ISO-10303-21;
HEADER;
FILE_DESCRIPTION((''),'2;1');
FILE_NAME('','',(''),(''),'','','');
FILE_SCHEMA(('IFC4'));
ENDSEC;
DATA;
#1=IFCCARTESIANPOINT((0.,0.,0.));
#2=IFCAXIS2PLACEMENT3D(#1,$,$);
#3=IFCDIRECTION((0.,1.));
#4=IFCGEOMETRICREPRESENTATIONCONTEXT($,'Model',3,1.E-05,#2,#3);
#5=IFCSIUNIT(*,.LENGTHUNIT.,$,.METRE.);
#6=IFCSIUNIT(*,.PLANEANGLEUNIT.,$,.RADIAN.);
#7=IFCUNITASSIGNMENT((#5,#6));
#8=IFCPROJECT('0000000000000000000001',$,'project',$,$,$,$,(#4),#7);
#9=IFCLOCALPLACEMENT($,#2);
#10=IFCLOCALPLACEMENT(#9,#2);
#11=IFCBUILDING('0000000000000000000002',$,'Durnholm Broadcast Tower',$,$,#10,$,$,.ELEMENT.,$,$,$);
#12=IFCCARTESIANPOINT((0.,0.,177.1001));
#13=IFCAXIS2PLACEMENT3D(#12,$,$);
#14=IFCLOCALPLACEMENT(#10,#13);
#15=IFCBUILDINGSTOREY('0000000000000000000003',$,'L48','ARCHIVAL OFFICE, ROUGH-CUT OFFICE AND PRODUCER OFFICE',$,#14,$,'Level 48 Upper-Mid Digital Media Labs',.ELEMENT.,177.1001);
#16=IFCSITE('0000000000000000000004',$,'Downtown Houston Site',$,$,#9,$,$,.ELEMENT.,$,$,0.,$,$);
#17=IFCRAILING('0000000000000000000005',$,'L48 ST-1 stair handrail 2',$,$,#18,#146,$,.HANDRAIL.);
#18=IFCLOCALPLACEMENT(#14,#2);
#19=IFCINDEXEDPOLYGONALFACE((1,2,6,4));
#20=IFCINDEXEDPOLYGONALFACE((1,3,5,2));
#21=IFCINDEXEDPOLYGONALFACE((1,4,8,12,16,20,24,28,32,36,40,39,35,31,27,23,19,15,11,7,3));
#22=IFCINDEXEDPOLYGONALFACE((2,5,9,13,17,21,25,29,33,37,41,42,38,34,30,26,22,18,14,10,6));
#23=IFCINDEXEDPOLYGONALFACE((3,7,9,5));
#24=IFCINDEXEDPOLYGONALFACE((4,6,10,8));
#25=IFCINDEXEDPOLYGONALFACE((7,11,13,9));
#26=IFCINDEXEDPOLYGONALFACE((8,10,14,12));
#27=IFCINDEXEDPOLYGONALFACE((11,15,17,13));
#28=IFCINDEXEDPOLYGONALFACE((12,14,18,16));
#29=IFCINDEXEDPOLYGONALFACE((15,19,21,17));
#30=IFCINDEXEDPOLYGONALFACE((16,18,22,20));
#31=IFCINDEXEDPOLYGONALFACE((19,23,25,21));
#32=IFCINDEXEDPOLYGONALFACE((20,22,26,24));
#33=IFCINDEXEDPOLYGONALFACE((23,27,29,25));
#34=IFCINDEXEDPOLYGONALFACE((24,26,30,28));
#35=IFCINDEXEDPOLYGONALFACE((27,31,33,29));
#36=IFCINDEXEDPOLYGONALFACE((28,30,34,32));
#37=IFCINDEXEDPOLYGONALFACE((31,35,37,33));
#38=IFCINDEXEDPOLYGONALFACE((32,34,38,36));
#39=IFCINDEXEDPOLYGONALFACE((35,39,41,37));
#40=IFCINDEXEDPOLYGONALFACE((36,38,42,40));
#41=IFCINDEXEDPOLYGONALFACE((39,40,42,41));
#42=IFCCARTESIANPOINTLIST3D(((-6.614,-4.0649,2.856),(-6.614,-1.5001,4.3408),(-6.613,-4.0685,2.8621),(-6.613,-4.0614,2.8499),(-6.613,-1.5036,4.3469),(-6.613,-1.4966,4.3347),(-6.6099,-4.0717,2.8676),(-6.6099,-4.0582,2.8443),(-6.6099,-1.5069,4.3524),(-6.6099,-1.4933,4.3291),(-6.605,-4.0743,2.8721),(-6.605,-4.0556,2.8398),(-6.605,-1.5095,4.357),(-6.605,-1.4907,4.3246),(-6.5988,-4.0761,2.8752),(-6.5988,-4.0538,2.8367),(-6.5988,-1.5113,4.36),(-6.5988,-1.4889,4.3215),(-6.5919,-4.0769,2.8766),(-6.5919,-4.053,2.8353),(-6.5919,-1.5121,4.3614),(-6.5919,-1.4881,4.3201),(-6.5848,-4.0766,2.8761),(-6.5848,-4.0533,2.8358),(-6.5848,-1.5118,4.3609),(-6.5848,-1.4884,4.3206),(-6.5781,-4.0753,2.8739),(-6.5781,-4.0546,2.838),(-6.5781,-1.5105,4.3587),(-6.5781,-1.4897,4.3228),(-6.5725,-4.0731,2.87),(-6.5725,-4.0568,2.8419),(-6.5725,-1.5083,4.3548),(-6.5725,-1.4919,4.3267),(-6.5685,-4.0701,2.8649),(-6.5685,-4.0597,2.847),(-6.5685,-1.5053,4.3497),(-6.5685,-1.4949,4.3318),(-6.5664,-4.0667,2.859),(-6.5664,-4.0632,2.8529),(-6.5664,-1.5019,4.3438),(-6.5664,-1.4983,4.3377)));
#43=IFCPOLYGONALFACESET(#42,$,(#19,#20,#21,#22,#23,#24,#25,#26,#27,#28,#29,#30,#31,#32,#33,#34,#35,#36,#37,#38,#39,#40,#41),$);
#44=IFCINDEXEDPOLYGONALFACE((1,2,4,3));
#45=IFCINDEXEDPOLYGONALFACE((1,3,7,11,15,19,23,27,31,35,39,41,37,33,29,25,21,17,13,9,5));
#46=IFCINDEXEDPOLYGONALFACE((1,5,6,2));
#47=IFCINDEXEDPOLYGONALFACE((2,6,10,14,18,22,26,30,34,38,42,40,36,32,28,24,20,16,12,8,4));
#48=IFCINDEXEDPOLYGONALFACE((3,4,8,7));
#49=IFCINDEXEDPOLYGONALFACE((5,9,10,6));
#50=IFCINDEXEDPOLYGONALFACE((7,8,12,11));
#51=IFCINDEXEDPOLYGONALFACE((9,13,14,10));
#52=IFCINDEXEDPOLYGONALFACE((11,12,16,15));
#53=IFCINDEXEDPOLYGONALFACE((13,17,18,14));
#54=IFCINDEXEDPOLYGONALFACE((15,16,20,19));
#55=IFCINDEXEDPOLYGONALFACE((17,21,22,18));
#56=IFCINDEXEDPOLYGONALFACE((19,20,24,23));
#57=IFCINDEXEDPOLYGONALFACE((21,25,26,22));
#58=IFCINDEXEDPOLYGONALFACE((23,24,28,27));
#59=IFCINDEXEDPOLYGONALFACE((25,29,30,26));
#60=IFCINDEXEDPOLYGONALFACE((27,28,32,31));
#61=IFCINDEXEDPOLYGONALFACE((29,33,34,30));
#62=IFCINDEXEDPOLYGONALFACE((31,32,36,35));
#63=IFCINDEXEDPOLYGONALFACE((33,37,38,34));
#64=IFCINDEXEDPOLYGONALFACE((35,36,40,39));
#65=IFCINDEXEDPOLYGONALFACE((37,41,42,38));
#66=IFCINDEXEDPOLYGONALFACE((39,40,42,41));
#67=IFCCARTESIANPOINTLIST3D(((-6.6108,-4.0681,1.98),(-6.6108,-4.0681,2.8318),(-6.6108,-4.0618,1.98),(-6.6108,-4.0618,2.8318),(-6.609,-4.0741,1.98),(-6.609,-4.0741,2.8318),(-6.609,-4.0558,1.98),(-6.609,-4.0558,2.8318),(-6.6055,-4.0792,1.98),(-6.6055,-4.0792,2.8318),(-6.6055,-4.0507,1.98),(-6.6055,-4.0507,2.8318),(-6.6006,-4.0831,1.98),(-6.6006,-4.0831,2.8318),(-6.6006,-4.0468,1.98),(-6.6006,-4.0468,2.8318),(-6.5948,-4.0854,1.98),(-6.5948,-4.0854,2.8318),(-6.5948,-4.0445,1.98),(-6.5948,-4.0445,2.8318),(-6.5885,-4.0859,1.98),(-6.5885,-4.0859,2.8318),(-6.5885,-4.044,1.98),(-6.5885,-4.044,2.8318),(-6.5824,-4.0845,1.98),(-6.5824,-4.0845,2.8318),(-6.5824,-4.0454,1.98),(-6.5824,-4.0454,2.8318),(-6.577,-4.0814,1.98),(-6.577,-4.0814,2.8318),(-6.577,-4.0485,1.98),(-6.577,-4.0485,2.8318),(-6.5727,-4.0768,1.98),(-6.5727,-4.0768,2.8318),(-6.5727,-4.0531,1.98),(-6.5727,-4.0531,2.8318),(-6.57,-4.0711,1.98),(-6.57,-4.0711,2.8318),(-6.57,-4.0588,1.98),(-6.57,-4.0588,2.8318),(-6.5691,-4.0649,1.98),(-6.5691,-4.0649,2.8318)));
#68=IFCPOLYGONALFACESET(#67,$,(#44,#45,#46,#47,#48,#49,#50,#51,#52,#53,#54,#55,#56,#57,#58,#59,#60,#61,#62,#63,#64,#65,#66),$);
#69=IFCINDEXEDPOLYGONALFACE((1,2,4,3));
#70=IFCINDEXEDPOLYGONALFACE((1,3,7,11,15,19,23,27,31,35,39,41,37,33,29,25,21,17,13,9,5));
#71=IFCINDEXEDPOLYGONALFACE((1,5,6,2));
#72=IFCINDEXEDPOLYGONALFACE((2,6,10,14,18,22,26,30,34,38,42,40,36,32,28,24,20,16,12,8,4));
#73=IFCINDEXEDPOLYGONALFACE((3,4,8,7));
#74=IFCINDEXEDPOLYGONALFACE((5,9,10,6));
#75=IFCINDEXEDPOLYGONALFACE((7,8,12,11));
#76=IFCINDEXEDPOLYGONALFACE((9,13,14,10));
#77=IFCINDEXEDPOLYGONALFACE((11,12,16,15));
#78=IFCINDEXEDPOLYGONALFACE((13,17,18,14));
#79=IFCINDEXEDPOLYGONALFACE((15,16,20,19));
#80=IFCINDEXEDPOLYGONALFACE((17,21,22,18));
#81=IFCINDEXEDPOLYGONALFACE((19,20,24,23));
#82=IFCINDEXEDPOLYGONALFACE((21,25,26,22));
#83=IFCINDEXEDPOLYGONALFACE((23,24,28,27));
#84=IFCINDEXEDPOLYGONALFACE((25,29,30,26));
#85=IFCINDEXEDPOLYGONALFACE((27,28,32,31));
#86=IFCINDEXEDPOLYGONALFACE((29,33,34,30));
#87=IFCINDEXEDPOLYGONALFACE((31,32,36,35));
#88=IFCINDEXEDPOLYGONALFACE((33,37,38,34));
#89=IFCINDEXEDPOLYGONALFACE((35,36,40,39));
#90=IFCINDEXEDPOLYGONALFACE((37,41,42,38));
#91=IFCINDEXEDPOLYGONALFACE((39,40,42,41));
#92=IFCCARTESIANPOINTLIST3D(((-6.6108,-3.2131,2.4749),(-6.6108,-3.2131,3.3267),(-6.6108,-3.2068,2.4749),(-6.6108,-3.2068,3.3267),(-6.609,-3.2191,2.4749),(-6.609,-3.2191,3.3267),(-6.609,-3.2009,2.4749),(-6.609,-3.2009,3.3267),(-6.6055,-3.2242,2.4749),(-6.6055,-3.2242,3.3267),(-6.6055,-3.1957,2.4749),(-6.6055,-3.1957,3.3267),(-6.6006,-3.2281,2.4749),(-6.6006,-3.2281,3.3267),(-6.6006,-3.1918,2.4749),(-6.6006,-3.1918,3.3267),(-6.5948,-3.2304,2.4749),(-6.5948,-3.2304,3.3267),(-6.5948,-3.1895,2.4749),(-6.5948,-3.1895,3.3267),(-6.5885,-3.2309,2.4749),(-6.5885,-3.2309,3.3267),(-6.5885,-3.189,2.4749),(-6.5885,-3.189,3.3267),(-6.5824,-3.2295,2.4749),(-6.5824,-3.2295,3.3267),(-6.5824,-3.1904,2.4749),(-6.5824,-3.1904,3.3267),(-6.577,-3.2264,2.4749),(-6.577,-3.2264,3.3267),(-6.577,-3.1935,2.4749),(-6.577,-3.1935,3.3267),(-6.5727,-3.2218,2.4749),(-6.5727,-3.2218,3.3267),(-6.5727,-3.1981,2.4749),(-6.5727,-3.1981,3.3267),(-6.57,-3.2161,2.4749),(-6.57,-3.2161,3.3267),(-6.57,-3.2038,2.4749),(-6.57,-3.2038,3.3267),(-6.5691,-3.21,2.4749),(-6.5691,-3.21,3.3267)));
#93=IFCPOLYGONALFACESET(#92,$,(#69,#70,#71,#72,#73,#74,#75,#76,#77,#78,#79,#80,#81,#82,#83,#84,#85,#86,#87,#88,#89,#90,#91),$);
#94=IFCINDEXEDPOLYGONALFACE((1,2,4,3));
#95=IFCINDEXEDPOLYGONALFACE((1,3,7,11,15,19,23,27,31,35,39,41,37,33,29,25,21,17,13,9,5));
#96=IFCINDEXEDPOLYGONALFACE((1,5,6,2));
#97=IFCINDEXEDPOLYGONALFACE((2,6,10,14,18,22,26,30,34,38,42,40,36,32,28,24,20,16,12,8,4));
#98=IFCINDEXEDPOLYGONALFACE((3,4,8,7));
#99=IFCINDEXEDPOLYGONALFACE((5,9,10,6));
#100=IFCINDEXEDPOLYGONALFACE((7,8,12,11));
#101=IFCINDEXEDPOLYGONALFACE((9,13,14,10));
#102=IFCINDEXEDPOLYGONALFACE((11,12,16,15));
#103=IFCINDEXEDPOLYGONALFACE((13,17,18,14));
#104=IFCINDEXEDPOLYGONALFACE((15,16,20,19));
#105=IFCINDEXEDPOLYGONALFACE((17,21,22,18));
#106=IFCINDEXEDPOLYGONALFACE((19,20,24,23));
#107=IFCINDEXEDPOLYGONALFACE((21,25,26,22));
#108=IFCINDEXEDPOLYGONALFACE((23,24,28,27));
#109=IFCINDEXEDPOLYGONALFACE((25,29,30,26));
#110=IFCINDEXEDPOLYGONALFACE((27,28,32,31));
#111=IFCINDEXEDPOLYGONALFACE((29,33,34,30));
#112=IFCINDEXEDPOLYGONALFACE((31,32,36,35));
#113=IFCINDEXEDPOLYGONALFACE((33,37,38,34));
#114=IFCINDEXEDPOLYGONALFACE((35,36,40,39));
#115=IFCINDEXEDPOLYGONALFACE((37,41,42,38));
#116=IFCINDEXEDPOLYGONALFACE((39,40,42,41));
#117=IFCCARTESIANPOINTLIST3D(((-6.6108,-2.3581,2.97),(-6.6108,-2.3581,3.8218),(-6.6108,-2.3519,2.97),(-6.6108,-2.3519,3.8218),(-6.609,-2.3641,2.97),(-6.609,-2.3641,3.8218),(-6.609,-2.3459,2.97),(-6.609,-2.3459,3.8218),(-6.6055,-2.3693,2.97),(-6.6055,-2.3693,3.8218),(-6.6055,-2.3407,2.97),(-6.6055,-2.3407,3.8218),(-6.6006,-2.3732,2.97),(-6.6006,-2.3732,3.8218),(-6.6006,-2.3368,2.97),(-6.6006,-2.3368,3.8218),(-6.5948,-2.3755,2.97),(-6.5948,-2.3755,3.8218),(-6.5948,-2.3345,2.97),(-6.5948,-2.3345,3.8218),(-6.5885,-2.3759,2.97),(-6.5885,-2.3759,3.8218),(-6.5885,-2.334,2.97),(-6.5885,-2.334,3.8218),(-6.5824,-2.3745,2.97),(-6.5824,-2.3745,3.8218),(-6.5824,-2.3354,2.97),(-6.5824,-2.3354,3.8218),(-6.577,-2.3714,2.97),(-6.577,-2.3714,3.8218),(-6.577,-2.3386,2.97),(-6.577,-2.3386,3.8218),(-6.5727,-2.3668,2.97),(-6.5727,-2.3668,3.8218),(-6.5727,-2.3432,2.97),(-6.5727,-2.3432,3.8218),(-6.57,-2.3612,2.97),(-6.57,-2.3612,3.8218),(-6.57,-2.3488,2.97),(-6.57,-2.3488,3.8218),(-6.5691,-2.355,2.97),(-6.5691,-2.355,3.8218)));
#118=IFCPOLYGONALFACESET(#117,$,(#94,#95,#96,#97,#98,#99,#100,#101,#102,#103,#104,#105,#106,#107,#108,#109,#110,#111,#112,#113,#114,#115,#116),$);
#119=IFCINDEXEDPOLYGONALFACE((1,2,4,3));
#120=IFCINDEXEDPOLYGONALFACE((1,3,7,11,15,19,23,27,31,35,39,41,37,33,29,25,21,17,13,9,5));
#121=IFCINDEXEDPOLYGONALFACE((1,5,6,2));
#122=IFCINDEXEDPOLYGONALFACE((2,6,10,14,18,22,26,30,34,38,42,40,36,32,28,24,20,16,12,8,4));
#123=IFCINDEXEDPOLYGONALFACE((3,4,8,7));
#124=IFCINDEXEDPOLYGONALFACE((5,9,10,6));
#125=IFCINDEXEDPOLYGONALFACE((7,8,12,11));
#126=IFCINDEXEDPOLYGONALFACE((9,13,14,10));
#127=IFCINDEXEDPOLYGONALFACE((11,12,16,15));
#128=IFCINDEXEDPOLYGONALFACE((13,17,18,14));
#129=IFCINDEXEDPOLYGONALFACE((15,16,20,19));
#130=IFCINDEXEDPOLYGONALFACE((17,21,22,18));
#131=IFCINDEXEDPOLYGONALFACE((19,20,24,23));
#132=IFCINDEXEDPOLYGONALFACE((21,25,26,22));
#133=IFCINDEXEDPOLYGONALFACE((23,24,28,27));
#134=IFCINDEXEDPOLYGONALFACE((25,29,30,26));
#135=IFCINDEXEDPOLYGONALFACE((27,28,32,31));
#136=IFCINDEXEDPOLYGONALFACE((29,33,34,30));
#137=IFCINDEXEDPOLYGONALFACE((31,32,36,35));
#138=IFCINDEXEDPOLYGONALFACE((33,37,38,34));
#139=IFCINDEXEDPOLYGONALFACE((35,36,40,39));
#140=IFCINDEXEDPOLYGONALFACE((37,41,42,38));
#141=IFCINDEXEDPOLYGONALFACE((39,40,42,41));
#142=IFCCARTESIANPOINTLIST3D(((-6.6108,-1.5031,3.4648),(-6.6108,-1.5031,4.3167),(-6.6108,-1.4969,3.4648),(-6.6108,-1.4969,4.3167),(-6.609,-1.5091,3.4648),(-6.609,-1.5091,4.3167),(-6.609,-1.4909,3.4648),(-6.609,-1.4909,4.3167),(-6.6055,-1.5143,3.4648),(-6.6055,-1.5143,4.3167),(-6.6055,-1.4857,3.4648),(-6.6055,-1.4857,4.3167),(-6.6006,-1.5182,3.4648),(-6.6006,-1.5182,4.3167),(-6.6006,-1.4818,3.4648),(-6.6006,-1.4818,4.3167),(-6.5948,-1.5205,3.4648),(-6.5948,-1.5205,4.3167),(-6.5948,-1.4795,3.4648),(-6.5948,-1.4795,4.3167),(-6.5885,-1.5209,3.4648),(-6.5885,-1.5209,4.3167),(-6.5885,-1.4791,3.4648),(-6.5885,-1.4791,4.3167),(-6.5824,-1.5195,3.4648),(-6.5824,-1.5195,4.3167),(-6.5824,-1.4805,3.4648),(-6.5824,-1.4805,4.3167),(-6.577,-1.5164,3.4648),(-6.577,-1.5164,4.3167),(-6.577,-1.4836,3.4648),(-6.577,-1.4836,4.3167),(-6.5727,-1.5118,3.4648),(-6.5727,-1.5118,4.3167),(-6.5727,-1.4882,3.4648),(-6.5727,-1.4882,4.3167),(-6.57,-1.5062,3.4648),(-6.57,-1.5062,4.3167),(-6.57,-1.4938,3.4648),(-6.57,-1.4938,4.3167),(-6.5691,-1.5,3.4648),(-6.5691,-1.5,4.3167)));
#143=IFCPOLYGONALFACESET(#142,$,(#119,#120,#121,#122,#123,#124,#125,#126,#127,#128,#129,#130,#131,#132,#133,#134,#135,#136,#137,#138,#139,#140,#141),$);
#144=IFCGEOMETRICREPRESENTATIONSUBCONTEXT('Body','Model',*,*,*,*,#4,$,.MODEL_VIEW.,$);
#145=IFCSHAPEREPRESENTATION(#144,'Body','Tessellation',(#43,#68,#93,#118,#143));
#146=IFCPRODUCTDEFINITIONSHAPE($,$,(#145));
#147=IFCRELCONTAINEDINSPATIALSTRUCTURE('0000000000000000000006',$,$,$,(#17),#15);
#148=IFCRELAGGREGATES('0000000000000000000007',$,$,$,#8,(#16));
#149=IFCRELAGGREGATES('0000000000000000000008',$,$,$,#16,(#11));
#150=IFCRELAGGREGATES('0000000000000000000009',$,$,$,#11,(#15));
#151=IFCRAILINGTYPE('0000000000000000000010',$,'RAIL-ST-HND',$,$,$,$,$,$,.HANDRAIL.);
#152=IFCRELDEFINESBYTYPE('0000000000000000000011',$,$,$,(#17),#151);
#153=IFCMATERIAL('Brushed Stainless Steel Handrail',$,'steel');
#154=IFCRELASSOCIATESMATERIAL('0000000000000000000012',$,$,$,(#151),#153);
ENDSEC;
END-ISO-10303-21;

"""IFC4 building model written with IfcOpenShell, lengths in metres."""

from ifc_helpers import new_model, si_unit, direction, frame, origin, origin_2d, place, context, subcontext, project, spatial, circle, extrude, material, type_object, element, save


model = new_model("IFC4")

# Units and contexts
model_context = context("Model", 3, precision=1e-05, world=origin(), true_north=direction((0.0, 1.0)))
body_context = subcontext(model_context, "Body", "Model", "MODEL_VIEW")
ifc_project = project(units=[si_unit("LENGTHUNIT", "METRE"), si_unit("PLANEANGLEUNIT", "RADIAN")], contexts=[model_context])

# Site, building, storey
site_placement = place(None, origin())
site = spatial("IfcSite", under=ifc_project, at=site_placement, Name="Downtown Houston Site", CompositionType="ELEMENT", RefElevation=0.0)
building_placement = place(site_placement, origin())
building = spatial("IfcBuilding", under=site, at=building_placement, Name="Durnholm Broadcast Tower", CompositionType="ELEMENT")
storey_placement = place(building_placement, frame((0.0, 0.0, 177.1001)))
storey = spatial("IfcBuildingStorey", under=building, at=storey_placement, Name="L48", Description="ARCHIVAL OFFICE, ROUGH-CUT OFFICE AND PRODUCER OFFICE", LongName="Level 48 Upper-Mid Digital Media Labs", CompositionType="ELEMENT", Elevation=177.1001)

# Railing
ifc_material_1 = material(Name="Brushed Stainless Steel Handrail", Category="steel")
railing_type_1 = type_object("IfcRailingType", Name="RAIL-ST-HND", PredefinedType="HANDRAIL", material=ifc_material_1)
railing_1_placement = place(storey_placement, frame((-6.5901, -4.0649, 1.98)))
element("IfcRailing", 1, at=railing_1_placement, inside=storey, type_object=railing_type_1, Name="L48 ST-1 stair handrail 2", PredefinedType="HANDRAIL", context=body_context, shape_type="SweptSolid", body=[
    extrude(circle(Radius=0.0239, at=origin_2d()), frame((0.0, 0.0, 0.876), z_axis=(0.0, 0.865441, 0.50101), x_axis=(-1.0, 0.0, 0.0)), (0.0, 0.0, 1.0), 2.9636),
    extrude(circle(Radius=0.021, at=origin_2d()), origin(), (0.0, 0.0, 1.0), 0.8518),
    extrude(circle(Radius=0.021, at=origin_2d()), frame((0.0, 0.855, 0.4949)), (0.0, 0.0, 1.0), 0.8518),
    extrude(circle(Radius=0.021, at=origin_2d()), frame((0.0, 1.71, 0.99)), (0.0, 0.0, 1.0), 0.8518),
    extrude(circle(Radius=0.021, at=origin_2d()), frame((0.0, 2.5649, 1.4849)), (0.0, 0.0, 1.0), 0.8518),
])

save(model, "model.ifc")
